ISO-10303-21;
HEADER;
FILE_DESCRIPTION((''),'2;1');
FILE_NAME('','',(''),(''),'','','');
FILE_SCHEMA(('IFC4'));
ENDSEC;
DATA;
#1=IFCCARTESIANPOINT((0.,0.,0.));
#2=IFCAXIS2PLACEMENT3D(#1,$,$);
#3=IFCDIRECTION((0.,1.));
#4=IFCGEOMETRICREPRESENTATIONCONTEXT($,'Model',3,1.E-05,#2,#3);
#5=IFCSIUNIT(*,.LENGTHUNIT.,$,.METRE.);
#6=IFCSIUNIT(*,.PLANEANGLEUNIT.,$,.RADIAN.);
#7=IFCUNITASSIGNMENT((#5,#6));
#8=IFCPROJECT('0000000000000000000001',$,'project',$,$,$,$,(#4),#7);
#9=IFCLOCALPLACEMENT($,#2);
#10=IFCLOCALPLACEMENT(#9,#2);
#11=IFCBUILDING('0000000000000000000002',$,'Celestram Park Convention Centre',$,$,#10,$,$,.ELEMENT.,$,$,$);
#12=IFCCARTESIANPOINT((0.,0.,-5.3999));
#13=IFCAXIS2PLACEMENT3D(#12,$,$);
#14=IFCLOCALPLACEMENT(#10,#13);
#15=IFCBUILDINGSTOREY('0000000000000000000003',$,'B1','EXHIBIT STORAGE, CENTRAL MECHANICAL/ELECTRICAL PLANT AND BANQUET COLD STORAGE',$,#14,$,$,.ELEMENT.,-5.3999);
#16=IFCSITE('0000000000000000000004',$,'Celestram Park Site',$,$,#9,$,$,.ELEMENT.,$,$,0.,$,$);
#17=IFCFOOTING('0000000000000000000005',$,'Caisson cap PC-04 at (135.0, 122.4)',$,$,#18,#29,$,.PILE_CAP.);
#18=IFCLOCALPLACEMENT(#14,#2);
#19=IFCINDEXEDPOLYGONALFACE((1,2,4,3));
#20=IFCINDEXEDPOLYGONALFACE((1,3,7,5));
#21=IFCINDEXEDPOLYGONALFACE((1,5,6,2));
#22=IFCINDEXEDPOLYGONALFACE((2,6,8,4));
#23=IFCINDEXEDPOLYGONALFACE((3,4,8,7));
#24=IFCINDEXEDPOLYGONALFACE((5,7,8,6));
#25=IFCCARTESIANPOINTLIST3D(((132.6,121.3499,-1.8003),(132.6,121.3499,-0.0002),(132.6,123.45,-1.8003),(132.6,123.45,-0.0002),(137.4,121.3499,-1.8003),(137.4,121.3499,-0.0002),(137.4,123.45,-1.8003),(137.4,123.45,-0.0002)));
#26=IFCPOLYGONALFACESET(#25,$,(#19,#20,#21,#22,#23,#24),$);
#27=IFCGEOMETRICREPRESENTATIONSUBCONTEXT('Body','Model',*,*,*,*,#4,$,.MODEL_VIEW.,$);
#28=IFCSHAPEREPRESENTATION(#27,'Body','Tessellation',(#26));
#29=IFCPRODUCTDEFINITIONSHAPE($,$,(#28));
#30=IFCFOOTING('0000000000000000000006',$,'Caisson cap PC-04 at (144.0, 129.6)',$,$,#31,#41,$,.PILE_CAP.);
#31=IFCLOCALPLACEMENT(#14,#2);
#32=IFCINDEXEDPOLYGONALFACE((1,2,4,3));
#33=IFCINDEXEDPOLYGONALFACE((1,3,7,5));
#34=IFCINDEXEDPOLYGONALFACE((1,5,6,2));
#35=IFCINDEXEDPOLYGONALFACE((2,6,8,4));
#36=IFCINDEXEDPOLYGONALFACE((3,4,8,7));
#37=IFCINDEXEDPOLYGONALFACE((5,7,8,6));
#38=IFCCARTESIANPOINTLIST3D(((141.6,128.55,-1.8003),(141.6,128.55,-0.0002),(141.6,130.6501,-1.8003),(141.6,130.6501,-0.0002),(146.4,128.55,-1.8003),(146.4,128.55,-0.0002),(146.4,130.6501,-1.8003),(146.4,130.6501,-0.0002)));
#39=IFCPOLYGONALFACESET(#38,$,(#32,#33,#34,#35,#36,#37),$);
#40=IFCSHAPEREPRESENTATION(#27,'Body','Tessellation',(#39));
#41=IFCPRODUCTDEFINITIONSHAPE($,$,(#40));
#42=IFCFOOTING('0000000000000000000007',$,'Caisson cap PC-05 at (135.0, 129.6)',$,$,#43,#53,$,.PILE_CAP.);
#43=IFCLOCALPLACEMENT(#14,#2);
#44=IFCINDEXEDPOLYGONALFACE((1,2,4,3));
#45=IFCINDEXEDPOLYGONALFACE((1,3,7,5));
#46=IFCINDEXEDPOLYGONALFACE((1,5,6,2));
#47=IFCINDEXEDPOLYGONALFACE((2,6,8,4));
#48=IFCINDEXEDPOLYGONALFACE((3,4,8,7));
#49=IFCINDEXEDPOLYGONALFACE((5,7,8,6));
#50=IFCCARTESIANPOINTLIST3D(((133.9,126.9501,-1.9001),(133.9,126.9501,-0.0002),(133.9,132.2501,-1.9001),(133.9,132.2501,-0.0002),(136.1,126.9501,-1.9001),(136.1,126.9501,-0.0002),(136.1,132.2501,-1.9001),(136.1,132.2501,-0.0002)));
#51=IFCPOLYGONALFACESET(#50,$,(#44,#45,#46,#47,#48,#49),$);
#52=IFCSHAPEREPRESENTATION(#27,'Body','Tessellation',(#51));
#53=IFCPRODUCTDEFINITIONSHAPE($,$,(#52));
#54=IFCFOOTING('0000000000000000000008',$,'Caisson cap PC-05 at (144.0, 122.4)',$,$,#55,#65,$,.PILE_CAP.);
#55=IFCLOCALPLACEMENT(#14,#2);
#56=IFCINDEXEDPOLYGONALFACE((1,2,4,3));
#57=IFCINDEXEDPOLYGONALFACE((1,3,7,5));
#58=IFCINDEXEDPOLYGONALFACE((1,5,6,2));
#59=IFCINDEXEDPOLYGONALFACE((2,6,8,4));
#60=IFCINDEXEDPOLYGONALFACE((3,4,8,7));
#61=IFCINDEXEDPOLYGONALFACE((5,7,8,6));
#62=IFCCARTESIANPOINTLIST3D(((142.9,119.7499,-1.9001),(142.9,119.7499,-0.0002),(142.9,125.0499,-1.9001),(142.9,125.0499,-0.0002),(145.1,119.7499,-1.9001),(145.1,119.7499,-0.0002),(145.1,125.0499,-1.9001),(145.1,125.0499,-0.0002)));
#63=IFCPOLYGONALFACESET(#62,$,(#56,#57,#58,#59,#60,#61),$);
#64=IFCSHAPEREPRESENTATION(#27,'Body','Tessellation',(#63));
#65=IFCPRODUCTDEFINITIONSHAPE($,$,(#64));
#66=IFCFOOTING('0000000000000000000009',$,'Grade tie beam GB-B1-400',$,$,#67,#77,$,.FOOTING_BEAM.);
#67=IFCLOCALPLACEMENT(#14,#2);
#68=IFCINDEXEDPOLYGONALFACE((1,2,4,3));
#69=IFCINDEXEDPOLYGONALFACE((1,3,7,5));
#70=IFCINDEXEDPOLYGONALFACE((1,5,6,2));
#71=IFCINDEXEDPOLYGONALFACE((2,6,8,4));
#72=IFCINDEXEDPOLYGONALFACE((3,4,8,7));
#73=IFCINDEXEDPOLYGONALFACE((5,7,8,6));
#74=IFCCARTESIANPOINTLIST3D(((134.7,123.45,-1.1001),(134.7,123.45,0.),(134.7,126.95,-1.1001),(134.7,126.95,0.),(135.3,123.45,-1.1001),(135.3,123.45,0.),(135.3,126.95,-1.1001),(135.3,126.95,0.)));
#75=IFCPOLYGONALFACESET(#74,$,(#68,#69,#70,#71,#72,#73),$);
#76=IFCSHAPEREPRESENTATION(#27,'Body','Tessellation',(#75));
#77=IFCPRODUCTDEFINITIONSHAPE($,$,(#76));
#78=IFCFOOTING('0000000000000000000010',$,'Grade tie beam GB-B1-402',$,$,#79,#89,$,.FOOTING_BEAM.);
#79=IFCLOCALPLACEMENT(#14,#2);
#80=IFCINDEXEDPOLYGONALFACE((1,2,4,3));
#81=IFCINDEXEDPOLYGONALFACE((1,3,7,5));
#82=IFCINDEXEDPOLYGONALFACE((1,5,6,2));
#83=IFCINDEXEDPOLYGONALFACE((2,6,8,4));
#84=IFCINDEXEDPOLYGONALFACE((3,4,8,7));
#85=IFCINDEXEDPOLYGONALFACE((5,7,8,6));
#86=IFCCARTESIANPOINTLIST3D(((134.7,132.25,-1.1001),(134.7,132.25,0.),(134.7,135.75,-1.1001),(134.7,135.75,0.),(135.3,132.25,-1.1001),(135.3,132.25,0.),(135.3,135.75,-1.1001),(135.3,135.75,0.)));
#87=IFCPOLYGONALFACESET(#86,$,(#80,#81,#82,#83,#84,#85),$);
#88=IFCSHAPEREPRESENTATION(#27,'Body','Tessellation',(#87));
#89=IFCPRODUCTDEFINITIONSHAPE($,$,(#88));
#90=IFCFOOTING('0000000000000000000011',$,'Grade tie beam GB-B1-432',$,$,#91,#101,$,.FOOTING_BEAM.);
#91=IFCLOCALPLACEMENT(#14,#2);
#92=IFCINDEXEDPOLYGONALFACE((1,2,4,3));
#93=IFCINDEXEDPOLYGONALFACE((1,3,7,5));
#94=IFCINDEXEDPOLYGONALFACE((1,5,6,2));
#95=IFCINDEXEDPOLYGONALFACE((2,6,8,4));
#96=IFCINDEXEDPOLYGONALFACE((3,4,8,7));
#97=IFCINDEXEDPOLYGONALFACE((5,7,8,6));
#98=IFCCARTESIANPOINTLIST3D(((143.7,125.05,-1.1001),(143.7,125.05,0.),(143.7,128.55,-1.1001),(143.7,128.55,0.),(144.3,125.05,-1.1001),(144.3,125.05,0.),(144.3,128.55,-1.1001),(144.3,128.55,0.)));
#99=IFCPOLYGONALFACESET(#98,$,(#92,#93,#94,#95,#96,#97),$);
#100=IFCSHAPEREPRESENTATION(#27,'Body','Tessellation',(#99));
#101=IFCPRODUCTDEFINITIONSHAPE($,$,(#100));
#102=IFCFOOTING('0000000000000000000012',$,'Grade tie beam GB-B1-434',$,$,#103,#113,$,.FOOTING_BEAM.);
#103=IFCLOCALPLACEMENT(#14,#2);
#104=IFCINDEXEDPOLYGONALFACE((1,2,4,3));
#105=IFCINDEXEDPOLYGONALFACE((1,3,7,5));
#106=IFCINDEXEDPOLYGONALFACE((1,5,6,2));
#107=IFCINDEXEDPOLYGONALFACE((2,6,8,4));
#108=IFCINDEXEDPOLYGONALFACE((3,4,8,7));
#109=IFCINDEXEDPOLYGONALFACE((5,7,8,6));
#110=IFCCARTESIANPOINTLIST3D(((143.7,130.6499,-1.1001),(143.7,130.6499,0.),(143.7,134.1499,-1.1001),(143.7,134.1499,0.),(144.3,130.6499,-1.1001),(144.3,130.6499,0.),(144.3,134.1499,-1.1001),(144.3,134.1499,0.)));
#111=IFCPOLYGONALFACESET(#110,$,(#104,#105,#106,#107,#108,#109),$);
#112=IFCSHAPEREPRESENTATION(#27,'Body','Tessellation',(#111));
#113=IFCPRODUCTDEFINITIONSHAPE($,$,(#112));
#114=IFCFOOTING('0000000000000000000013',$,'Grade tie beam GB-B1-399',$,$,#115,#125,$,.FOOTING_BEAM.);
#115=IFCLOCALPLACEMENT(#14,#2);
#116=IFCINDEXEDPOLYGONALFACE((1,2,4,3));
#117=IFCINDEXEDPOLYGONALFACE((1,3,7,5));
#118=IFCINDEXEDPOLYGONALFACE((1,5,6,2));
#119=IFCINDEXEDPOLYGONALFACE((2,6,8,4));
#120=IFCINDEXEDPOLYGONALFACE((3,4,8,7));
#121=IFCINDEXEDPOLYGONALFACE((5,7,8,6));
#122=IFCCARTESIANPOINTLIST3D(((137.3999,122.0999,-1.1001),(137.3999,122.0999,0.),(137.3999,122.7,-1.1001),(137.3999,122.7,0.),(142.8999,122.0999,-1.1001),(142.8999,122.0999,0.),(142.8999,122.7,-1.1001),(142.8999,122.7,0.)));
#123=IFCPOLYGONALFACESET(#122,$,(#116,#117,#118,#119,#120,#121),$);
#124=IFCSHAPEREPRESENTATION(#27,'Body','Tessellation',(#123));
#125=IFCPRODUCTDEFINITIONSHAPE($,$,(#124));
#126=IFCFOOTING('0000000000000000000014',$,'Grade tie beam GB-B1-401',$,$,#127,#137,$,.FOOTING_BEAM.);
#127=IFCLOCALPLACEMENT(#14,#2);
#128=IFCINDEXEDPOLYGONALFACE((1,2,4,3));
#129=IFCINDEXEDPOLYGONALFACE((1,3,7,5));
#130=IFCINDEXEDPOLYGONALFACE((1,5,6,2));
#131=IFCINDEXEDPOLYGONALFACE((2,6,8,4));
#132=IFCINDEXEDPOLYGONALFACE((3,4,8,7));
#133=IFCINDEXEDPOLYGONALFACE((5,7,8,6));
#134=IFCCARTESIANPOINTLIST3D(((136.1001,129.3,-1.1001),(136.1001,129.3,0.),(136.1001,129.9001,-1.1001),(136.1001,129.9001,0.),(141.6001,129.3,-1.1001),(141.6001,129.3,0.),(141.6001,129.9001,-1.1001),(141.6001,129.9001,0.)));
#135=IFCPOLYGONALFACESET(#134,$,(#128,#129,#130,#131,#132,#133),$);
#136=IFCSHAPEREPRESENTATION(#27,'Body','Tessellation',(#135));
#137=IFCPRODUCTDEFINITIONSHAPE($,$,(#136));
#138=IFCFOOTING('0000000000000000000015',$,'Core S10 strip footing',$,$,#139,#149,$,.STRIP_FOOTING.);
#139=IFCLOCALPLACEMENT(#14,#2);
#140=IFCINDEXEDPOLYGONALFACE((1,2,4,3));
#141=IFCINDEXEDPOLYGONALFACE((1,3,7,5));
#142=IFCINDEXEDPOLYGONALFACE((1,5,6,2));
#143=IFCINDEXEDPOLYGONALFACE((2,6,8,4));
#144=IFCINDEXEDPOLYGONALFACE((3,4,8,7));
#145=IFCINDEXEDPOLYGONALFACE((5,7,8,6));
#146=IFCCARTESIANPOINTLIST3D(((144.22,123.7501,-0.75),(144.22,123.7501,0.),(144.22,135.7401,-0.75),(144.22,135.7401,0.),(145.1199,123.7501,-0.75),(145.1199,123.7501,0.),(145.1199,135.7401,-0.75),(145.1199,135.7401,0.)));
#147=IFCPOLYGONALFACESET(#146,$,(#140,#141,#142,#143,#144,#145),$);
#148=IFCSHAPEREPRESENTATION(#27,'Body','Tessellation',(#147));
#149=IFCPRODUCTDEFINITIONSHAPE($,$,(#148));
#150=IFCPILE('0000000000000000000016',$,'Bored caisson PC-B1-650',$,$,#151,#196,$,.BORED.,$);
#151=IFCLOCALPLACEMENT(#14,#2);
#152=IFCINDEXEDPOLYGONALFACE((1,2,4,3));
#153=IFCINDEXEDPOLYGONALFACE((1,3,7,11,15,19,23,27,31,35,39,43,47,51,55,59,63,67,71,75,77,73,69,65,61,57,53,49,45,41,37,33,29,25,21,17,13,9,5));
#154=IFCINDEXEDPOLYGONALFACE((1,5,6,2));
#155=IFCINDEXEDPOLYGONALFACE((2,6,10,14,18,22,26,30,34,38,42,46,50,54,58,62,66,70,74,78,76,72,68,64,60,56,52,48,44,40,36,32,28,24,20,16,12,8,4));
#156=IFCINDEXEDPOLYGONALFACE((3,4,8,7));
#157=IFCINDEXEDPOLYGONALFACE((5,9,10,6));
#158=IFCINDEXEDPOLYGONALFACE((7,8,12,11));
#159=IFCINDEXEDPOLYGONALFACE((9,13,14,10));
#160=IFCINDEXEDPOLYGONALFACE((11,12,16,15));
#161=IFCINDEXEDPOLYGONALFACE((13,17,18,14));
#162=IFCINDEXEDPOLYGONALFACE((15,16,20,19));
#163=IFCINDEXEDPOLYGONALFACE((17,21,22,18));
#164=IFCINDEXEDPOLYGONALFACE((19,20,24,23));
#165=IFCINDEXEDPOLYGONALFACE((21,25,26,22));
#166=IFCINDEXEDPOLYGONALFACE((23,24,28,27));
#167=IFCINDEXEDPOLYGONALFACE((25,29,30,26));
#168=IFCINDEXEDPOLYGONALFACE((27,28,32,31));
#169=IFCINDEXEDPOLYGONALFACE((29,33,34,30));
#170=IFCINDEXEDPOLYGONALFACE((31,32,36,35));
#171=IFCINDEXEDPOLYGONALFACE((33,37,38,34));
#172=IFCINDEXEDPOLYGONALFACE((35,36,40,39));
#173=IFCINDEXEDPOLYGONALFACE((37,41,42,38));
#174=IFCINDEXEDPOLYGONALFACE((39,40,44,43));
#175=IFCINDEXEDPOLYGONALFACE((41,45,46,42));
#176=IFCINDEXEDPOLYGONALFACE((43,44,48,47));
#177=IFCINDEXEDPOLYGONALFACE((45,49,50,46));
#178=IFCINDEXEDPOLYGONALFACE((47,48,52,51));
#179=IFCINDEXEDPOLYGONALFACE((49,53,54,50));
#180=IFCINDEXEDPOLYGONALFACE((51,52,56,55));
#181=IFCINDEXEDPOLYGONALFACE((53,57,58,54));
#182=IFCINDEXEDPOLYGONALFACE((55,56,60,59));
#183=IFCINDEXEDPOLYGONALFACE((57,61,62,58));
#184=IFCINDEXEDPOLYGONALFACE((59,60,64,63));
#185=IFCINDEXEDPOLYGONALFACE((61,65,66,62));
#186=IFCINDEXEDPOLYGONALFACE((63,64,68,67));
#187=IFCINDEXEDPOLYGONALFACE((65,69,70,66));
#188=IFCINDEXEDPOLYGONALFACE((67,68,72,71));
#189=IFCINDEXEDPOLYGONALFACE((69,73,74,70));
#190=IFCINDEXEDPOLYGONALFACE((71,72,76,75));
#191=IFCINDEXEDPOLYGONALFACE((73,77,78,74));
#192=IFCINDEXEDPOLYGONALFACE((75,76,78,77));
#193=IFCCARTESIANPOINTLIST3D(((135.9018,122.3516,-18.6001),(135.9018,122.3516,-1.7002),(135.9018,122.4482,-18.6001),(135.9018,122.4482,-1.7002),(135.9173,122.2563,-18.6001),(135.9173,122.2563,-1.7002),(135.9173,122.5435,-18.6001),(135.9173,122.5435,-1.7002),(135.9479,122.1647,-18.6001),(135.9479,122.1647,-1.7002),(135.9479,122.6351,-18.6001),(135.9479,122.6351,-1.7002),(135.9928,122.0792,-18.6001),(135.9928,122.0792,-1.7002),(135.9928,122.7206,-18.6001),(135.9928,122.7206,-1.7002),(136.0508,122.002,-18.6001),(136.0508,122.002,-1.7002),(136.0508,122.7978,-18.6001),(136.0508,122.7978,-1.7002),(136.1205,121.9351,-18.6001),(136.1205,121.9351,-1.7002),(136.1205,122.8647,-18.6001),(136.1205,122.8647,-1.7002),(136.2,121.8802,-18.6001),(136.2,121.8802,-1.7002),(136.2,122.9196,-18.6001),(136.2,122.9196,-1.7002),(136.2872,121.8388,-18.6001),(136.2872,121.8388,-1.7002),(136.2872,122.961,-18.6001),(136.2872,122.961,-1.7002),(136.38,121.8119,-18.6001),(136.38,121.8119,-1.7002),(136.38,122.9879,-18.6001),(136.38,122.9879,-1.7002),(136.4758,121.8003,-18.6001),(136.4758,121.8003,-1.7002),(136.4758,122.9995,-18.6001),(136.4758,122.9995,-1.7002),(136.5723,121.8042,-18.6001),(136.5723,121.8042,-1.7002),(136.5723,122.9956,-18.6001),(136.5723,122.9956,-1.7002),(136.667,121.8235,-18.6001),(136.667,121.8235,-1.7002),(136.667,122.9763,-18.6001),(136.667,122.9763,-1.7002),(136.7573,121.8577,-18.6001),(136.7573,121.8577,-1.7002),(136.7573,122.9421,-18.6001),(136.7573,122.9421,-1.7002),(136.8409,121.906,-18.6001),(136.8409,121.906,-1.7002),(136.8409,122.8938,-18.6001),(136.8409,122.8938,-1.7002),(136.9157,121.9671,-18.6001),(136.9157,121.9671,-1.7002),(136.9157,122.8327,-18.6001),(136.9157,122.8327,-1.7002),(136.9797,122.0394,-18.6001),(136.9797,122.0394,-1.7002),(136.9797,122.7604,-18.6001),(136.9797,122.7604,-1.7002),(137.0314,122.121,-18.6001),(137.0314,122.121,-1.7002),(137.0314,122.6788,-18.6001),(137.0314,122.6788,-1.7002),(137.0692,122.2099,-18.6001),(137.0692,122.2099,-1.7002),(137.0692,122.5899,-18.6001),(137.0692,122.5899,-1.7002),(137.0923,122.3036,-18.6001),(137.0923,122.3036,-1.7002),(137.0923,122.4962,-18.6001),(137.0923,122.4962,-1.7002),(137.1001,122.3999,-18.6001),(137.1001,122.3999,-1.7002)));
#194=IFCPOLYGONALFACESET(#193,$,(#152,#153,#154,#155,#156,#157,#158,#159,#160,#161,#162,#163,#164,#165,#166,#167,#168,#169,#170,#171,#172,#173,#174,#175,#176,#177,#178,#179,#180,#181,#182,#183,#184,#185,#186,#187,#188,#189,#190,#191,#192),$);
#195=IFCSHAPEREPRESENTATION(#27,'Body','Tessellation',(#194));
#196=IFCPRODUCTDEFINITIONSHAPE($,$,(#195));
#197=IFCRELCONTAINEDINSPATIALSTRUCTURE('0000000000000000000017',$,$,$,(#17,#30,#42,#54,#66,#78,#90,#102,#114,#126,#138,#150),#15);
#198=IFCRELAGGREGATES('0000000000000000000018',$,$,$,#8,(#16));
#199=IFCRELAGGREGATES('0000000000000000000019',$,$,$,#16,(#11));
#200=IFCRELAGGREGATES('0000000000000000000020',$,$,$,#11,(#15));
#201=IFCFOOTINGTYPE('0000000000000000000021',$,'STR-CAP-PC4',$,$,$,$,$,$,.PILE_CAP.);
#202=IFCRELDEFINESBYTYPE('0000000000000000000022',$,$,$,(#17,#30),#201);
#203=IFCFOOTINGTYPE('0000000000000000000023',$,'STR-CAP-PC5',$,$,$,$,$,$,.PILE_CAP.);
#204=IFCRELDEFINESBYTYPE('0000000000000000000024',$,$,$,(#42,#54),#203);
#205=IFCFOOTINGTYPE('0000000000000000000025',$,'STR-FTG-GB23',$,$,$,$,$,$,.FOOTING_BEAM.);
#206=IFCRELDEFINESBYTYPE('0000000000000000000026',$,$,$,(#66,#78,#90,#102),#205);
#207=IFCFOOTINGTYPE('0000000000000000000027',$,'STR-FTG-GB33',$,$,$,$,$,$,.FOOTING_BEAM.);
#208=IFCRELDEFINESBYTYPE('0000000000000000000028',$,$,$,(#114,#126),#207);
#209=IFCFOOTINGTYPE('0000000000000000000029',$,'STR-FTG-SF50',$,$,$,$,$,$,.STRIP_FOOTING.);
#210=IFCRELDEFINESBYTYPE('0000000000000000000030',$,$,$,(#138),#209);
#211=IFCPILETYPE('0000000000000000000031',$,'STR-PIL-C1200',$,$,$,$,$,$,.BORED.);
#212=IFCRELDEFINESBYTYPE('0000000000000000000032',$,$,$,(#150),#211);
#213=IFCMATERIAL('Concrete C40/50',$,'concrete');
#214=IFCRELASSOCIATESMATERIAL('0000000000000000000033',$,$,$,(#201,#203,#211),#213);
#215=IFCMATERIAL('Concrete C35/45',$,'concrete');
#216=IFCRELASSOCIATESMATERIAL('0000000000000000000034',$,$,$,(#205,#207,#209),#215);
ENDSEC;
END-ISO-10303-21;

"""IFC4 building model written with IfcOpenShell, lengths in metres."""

from ifc_helpers import new_model, si_unit, direction, frame, origin, origin_2d, place, context, subcontext, project, spatial, rectangle, circle, extrude, material, material_profile, profile_set, type_object, element, save


model = new_model("IFC4")

# Units and contexts
model_context = context("Model", 3, precision=1e-05, world=origin(), true_north=direction((0.0, 1.0)))
body_context = subcontext(model_context, "Body", "Model", "MODEL_VIEW")
ifc_project = project(units=[si_unit("LENGTHUNIT", "METRE"), si_unit("PLANEANGLEUNIT", "RADIAN")], contexts=[model_context])

# Site, building, storey
site_placement = place(None, origin())
site = spatial("IfcSite", under=ifc_project, at=site_placement, Name="Celestram Park Site", CompositionType="ELEMENT", RefElevation=0.0)
building_placement = place(site_placement, origin())
building = spatial("IfcBuilding", under=site, at=building_placement, Name="Celestram Park Convention Centre", CompositionType="ELEMENT")
storey_placement = place(building_placement, frame((0.0, 0.0, -5.3999)))
storey = spatial("IfcBuildingStorey", under=building, at=storey_placement, Name="B1", Description="EXHIBIT STORAGE, CENTRAL MECHANICAL/ELECTRICAL PLANT AND BANQUET COLD STORAGE", CompositionType="ELEMENT", Elevation=-5.3999)

# Footings
ifc_material_1 = material(Name="Concrete C40/50", Category="concrete")
footing_type_1 = type_object("IfcFootingType", Name="STR-CAP-PC4", PredefinedType="PILE_CAP", material=ifc_material_1)
for number, where, z_axis, x_axis, name in (
    (1, (135.0, 122.3999, -1.8003), (0.0, 0.0, 1.0), (1.0, 0.0, 0.0), "Caisson cap PC-04 at (135.0, 122.4)"),
    (2, (144.0, 129.6001, -1.8003), (0.0, 0.0, 1.0), (1.0, 0.0, 0.0), "Caisson cap PC-04 at (144.0, 129.6)"),
):
    element("IfcFooting", number, at=place(storey_placement, frame(where, z_axis=z_axis, x_axis=x_axis)), inside=storey, type_object=footing_type_1, Name=name, PredefinedType="PILE_CAP", context=body_context, shape_type="SweptSolid", body=[
        extrude(rectangle(XDim=4.8, YDim=2.1001, at=origin_2d()), origin(), (0.0, 0.0, 1.0), 1.8),
    ])
footing_type_2 = type_object("IfcFootingType", Name="STR-CAP-PC5", PredefinedType="PILE_CAP", material=ifc_material_1)
for number, where, z_axis, x_axis, name in (
    (3, (135.0, 129.6001, -1.9001), (0.0, 0.0, 1.0), (1.0, 0.0, 0.0), "Caisson cap PC-05 at (135.0, 129.6)"),
    (4, (144.0, 122.3999, -1.9001), (0.0, 0.0, 1.0), (1.0, 0.0, 0.0), "Caisson cap PC-05 at (144.0, 122.4)"),
):
    element("IfcFooting", number, at=place(storey_placement, frame(where, z_axis=z_axis, x_axis=x_axis)), inside=storey, type_object=footing_type_2, Name=name, PredefinedType="PILE_CAP", context=body_context, shape_type="SweptSolid", body=[
        extrude(rectangle(XDim=2.2, YDim=5.3, at=origin_2d()), origin(), (0.0, 0.0, 1.0), 1.8999),
    ])
ifc_material_2 = material(Name="Concrete C35/45", Category="concrete")
footing_type_3 = type_object("IfcFootingType", Name="STR-FTG-GB23", PredefinedType="FOOTING_BEAM", material=ifc_material_2)
for number, where, z_axis, x_axis, name in (
    (5, (135.0, 125.2, -1.1001), (0.0, 0.0, 1.0), (0.0, 1.0, 0.0), "Grade tie beam GB-B1-400"),
    (6, (135.0, 134.0, -1.1001), (0.0, 0.0, 1.0), (0.0, 1.0, 0.0), "Grade tie beam GB-B1-402"),
    (7, (144.0, 126.8, -1.1001), (0.0, 0.0, 1.0), (0.0, 1.0, 0.0), "Grade tie beam GB-B1-432"),
    (8, (144.0, 132.3999, -1.1001), (0.0, 0.0, 1.0), (0.0, 1.0, 0.0), "Grade tie beam GB-B1-434"),
):
    element("IfcFooting", number, at=place(storey_placement, frame(where, z_axis=z_axis, x_axis=x_axis)), inside=storey, type_object=footing_type_3, Name=name, PredefinedType="FOOTING_BEAM", context=body_context, shape_type="SweptSolid", body=[
        extrude(rectangle(XDim=3.5, YDim=0.6001, at=origin_2d()), origin(), (0.0, 0.0, 1.0), 1.1001),
    ])
footing_type_4 = type_object("IfcFootingType", Name="STR-FTG-GB33", PredefinedType="FOOTING_BEAM", material=ifc_material_2)
for number, where, z_axis, x_axis, name in (
    (9, (140.1499, 122.3999, -1.1001), (0.0, 0.0, 1.0), (1.0, 0.0, 0.0), "Grade tie beam GB-B1-399"),
    (10, (138.8501, 129.6001, -1.1001), (0.0, 0.0, 1.0), (1.0, 0.0, 0.0), "Grade tie beam GB-B1-401"),
):
    element("IfcFooting", number, at=place(storey_placement, frame(where, z_axis=z_axis, x_axis=x_axis)), inside=storey, type_object=footing_type_4, Name=name, PredefinedType="FOOTING_BEAM", context=body_context, shape_type="SweptSolid", body=[
        extrude(rectangle(XDim=5.5, YDim=0.6001, at=origin_2d()), origin(), (0.0, 0.0, 1.0), 1.1001),
    ])
footing_type_5 = type_object("IfcFootingType", Name="STR-FTG-SF50", PredefinedType="STRIP_FOOTING", material=ifc_material_2)
footing_placement = place(storey_placement, frame((144.6699, 129.7451, -0.75), z_axis=(0.0, 0.0, 1.0), x_axis=(0.0, 1.0, 0.0)))
element("IfcFooting", 11, at=footing_placement, inside=storey, type_object=footing_type_5, Name="Core S10 strip footing", PredefinedType="STRIP_FOOTING", context=body_context, shape_type="SweptSolid", body=[
    extrude(rectangle(XDim=11.99, YDim=0.8999, at=origin_2d()), origin(), (0.0, 0.0, 1.0), 0.75),
])

# Pile
ifc_material_profile_1 = material_profile(ifc_material_1, circle(Radius=0.6001, at=origin_2d()), Name="CAISSON1200")
ifc_profile_set_1 = profile_set([ifc_material_profile_1], Name="Concrete C40/50")
pile_type_1 = type_object("IfcPileType", Name="STR-PIL-C1200", PredefinedType="BORED", material=ifc_profile_set_1)
for number, where, z_axis, x_axis, name in (
    (12, (136.5, 122.3999, -1.7002), (0.0, 0.0, -1.0), (1.0, 0.0, 0.0), "Bored caisson PC-B1-650"),
):
    element("IfcPile", number, at=place(storey_placement, frame(where, z_axis=z_axis, x_axis=x_axis)), inside=storey, type_object=pile_type_1, Name=name, PredefinedType="BORED", context=body_context, shape_type="SweptSolid", body=[
        extrude(circle(Radius=0.6001, at=origin_2d()), origin(), (0.0, 0.0, 1.0), 16.8999),
    ])

save(model, "model.ifc")
